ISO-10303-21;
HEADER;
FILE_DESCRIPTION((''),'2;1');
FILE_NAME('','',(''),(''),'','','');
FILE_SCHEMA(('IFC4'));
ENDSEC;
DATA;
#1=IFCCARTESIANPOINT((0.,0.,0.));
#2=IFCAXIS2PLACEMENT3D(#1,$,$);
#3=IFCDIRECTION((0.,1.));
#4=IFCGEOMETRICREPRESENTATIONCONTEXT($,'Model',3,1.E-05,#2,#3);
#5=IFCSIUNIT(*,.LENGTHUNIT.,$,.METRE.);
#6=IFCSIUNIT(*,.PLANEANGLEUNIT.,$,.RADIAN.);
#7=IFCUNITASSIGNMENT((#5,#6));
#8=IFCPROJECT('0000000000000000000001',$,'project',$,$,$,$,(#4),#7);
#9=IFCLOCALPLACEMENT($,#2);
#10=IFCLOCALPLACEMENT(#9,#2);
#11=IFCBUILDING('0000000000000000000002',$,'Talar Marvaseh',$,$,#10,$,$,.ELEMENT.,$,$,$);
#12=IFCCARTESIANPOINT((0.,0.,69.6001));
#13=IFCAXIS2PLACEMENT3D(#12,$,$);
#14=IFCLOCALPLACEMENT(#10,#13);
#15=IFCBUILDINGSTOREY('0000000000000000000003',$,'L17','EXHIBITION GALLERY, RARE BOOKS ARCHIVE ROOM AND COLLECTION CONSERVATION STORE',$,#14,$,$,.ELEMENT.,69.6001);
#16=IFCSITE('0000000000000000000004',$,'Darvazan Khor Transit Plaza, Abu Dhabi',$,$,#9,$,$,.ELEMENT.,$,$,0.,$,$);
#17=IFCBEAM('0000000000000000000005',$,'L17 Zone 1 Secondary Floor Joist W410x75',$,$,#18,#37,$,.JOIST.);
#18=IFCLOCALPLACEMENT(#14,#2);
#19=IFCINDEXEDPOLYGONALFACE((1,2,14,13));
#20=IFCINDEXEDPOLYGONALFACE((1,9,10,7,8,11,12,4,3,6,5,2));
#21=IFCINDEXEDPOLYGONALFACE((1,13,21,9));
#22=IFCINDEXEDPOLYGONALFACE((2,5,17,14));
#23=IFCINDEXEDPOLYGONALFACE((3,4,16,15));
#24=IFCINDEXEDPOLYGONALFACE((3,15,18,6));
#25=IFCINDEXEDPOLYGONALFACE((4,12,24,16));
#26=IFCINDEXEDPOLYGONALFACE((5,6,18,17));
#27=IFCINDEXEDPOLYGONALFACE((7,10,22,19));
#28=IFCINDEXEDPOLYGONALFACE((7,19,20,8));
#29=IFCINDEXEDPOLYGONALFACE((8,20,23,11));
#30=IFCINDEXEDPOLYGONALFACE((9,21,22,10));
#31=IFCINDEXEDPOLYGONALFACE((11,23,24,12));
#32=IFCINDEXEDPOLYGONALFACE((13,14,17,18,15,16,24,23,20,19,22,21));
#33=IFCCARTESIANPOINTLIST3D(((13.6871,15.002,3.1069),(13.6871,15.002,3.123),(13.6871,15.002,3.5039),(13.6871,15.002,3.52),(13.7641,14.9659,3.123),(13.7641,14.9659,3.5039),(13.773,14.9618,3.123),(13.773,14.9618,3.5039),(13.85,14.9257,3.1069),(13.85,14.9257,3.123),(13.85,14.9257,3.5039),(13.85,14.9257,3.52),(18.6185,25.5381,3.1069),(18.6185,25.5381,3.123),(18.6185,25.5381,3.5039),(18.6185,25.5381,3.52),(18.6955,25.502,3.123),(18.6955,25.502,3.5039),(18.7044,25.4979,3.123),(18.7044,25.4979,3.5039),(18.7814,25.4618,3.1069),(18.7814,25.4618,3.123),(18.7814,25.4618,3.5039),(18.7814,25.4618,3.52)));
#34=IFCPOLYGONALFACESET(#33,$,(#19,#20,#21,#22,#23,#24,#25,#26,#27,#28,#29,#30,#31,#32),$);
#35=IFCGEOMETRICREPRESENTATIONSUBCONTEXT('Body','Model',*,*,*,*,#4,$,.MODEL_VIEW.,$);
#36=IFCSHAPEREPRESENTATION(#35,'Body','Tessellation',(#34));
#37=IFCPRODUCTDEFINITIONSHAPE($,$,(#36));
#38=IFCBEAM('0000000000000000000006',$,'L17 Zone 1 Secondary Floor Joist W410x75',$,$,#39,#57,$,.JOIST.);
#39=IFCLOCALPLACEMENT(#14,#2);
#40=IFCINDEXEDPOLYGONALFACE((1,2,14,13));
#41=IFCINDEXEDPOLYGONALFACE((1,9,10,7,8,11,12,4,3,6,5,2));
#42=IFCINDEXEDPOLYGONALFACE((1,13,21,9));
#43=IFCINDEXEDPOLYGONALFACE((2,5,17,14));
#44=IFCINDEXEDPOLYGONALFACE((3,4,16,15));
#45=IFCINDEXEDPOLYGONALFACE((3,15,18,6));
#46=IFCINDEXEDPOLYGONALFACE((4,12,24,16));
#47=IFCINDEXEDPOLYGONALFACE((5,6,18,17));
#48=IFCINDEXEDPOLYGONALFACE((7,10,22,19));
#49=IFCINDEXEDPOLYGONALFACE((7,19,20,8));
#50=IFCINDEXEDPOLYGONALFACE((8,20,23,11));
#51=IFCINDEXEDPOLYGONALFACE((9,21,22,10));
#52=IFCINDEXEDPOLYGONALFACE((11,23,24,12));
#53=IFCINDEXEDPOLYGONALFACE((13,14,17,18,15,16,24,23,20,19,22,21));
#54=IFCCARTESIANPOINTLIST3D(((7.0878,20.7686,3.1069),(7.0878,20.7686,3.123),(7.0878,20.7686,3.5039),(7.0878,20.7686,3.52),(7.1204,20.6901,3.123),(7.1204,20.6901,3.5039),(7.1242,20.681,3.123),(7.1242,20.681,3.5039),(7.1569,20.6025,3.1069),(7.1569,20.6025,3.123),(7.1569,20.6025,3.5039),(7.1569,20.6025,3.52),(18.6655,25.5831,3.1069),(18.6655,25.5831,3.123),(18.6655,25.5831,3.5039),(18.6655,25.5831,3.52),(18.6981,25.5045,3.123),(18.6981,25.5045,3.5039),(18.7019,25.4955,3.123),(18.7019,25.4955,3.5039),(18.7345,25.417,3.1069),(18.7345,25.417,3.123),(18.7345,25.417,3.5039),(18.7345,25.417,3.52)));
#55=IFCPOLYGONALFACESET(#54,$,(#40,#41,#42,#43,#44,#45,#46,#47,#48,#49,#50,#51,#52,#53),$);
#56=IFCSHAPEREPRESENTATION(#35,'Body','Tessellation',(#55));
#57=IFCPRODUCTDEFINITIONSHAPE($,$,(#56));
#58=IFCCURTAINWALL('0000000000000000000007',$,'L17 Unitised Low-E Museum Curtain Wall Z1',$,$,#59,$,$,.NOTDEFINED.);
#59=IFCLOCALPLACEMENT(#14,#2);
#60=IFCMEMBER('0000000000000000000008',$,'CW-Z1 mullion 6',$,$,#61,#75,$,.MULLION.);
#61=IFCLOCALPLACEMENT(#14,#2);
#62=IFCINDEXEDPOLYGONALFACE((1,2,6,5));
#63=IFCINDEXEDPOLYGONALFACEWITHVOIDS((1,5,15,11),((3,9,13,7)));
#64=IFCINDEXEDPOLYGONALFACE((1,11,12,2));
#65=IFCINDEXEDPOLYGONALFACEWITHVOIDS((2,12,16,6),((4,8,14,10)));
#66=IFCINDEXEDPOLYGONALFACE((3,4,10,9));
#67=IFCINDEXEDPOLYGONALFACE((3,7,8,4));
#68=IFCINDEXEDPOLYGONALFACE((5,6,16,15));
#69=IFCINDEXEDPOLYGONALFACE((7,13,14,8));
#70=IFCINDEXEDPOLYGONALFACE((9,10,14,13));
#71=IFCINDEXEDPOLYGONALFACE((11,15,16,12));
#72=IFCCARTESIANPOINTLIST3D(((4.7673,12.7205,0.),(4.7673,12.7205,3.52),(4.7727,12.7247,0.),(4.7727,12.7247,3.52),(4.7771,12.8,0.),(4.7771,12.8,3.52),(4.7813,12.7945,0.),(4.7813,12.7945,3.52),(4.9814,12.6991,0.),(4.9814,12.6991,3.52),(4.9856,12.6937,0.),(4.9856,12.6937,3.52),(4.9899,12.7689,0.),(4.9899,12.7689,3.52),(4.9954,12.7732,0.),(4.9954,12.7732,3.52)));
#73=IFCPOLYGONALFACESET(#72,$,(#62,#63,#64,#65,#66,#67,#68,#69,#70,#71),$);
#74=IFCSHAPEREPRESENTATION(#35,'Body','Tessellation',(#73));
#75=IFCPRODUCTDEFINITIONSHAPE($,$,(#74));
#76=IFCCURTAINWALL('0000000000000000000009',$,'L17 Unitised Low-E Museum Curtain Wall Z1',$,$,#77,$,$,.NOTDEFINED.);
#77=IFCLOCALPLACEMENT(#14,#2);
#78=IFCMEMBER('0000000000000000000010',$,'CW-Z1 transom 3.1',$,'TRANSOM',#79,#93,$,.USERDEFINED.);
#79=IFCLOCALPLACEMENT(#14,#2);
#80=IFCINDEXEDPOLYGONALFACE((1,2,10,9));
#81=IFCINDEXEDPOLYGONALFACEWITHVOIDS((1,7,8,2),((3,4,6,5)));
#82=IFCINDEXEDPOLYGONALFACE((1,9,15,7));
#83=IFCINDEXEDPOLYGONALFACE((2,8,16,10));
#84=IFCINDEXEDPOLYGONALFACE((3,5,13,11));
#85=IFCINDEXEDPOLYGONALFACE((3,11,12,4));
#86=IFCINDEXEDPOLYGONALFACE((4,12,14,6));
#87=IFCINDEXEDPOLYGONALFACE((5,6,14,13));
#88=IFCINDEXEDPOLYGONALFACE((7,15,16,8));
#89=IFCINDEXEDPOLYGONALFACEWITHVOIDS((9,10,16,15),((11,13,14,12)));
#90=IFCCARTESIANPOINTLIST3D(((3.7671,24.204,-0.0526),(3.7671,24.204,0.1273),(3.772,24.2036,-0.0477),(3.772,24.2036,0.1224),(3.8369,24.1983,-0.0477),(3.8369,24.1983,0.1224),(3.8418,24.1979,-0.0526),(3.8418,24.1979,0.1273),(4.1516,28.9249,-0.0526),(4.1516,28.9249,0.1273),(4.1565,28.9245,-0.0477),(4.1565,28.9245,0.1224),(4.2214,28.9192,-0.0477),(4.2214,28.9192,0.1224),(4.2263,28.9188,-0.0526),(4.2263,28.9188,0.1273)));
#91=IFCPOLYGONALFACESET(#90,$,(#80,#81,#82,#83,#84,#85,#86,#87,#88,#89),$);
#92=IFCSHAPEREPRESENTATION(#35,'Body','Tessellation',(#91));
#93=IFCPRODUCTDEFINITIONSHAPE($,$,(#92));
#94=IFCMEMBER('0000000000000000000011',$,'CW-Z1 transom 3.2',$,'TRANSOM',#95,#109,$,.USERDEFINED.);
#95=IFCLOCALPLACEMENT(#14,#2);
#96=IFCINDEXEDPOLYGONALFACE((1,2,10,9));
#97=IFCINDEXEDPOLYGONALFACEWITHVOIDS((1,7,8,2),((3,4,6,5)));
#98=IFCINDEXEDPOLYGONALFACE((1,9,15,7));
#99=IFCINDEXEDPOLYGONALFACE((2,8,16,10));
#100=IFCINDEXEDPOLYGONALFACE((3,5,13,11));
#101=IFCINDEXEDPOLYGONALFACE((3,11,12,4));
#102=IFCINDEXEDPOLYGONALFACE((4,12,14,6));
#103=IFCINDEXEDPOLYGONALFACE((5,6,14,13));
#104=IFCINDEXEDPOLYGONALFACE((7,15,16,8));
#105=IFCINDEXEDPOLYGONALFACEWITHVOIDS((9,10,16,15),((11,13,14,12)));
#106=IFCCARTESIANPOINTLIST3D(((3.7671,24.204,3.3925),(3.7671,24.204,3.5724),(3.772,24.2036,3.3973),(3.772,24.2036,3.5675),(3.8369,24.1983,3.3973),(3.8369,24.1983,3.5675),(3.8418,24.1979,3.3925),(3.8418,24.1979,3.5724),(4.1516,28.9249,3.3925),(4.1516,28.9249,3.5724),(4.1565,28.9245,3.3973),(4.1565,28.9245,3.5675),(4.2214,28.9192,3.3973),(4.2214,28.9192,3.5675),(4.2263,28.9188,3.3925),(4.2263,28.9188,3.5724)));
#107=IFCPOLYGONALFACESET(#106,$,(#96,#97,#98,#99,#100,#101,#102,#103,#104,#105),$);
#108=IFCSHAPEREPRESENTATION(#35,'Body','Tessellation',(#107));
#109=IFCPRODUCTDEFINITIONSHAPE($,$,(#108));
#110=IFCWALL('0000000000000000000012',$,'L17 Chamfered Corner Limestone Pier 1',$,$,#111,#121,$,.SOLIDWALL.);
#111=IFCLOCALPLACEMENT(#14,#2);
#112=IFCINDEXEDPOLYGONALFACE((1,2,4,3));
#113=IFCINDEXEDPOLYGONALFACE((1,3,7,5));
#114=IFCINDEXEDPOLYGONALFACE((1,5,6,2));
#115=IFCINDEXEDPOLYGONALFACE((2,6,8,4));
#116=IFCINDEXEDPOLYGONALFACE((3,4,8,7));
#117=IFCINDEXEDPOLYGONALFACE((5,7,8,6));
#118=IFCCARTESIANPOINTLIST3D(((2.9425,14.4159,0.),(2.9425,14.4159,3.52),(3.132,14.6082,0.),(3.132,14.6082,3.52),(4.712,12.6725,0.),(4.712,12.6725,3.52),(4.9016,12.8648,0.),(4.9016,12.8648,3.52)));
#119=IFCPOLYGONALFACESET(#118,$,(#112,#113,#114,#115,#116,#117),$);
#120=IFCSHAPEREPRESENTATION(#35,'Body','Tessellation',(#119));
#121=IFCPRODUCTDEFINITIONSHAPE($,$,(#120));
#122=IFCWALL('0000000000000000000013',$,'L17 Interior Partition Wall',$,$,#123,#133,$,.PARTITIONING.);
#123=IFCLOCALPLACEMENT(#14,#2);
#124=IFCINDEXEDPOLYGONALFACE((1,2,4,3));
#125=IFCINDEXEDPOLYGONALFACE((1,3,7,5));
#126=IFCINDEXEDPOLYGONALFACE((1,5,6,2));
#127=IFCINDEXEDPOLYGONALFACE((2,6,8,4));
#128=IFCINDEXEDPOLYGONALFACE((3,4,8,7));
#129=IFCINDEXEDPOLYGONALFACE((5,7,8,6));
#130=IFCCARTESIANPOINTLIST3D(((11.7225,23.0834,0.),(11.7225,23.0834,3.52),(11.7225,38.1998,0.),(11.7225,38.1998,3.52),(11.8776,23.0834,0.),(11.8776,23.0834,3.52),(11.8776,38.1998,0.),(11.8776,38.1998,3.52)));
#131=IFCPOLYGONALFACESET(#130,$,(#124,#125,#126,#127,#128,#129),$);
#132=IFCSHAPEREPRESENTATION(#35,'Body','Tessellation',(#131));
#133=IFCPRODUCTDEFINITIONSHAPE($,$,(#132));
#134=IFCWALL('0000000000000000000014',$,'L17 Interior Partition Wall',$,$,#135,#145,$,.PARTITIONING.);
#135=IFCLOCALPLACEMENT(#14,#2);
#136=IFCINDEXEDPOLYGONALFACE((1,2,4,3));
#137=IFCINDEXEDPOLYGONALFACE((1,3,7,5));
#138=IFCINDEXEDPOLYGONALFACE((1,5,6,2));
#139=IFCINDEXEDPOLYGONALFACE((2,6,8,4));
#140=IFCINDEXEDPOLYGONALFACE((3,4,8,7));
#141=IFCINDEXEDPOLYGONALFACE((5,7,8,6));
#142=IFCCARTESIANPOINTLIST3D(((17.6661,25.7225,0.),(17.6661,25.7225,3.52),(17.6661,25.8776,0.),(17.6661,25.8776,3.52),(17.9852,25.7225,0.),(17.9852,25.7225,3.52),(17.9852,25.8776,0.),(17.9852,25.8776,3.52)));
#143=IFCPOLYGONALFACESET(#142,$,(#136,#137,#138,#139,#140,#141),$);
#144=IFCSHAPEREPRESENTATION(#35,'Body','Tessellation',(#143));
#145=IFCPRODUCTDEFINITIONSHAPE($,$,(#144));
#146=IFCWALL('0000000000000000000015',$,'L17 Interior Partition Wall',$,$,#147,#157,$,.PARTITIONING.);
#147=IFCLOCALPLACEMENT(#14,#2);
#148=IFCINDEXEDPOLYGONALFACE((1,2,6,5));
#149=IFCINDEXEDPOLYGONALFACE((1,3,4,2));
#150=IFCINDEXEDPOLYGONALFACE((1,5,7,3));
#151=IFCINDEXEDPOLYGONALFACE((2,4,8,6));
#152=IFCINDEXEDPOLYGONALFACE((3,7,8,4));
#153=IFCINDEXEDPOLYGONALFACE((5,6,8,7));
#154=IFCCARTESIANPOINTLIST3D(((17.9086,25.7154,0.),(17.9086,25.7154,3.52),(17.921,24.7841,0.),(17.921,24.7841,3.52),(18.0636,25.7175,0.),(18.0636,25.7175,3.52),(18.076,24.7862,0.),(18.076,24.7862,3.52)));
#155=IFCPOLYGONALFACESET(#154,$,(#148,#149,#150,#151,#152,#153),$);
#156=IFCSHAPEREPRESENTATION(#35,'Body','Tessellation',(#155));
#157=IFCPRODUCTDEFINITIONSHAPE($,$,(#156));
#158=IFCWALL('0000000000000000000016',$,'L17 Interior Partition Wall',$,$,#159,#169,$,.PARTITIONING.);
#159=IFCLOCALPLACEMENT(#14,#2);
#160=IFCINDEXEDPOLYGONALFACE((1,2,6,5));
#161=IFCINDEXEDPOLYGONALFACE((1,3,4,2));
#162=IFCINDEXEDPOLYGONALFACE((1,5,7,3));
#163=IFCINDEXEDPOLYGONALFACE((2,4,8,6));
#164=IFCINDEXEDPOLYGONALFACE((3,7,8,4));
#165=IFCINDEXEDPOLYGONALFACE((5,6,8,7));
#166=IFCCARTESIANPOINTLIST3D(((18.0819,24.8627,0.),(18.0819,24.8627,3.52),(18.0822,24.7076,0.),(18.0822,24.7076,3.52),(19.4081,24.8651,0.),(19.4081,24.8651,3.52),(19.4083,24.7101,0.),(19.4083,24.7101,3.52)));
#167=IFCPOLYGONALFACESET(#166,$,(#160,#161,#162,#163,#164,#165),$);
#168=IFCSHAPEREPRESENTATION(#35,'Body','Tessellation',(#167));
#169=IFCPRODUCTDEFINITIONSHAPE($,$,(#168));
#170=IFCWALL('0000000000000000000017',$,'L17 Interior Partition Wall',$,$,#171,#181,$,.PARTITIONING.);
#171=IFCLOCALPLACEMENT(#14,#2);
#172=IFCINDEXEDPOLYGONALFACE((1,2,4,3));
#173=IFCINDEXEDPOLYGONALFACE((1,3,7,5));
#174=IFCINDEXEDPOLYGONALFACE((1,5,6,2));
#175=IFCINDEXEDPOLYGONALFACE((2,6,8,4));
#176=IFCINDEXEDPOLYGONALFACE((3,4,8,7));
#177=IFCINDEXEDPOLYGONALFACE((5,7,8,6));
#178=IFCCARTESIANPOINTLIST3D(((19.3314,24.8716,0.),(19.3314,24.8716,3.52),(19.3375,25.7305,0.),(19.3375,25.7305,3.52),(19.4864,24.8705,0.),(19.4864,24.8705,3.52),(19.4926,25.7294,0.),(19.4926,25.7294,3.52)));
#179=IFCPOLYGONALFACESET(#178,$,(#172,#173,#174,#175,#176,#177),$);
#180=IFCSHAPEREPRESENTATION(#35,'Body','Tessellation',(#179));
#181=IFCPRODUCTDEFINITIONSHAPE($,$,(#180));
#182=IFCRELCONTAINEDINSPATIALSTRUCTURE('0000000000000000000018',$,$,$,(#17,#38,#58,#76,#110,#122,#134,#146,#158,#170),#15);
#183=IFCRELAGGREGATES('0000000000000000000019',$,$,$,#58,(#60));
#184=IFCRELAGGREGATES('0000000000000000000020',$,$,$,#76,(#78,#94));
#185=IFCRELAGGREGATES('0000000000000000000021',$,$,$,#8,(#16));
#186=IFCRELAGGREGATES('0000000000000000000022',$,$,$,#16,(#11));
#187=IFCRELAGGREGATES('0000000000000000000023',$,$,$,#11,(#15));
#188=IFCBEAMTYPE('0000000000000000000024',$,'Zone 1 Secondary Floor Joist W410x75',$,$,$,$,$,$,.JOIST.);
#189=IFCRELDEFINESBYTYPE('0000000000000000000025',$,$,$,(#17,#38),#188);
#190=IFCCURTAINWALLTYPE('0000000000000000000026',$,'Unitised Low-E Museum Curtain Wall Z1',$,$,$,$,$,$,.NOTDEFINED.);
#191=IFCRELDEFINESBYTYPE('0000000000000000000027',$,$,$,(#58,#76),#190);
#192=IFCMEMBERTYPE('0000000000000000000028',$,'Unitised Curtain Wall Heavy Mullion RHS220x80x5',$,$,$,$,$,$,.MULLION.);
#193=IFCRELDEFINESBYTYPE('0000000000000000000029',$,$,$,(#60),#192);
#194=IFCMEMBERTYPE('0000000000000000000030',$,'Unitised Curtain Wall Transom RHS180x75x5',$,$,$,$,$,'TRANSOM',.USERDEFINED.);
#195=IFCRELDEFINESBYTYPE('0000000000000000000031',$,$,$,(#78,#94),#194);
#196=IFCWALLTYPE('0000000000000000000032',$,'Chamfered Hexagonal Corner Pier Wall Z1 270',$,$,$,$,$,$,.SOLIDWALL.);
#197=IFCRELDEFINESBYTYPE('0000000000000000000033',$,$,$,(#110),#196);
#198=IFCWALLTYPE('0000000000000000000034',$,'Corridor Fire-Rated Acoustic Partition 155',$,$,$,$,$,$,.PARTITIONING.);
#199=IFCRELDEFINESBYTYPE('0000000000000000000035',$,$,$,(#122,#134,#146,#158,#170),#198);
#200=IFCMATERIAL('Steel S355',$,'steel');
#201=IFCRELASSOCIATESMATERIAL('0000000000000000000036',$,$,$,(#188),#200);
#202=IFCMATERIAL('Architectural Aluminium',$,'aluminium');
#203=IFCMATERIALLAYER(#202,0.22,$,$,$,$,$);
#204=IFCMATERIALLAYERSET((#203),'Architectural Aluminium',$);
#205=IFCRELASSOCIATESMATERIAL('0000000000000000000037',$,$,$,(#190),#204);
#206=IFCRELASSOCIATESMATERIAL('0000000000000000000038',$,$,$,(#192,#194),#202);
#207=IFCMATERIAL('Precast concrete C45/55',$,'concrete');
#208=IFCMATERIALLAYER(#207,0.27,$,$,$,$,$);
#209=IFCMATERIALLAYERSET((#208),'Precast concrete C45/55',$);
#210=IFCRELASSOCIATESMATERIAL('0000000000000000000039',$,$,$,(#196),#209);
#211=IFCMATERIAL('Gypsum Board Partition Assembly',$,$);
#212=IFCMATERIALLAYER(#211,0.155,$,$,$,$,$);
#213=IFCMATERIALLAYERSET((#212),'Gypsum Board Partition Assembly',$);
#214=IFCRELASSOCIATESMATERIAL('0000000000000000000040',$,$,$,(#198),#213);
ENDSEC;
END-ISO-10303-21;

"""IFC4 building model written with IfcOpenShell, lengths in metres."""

from ifc_helpers import new_model, si_unit, direction, frame, frame_2d, origin, origin_2d, place, context, subcontext, project, spatial, rectangle, hollow_rectangle, i_section, extrude, source, transform, mapped, material, layer, layer_set, material_profile, profile_set, type_object, type_shapes, element, aggregate, save


model = new_model("IFC4")

# Units and contexts
model_context = context("Model", 3, precision=1e-05, world=origin(), true_north=direction((0.0, 1.0)))
body_context = subcontext(model_context, "Body", "Model", "MODEL_VIEW")
ifc_project = project(units=[si_unit("LENGTHUNIT", "METRE"), si_unit("PLANEANGLEUNIT", "RADIAN")], contexts=[model_context])

# Site, building, storey
site_placement = place(None, origin())
site = spatial("IfcSite", under=ifc_project, at=site_placement, Name="Darvazan Khor Transit Plaza, Abu Dhabi", CompositionType="ELEMENT", RefElevation=0.0)
building_placement = place(site_placement, origin())
building = spatial("IfcBuilding", under=site, at=building_placement, Name="Talar Marvaseh", CompositionType="ELEMENT")
storey_placement = place(building_placement, frame((0.0, 0.0, 69.6001)))
storey = spatial("IfcBuildingStorey", under=building, at=storey_placement, Name="L17", Description="EXHIBITION GALLERY, RARE BOOKS ARCHIVE ROOM AND COLLECTION CONSERVATION STORE", CompositionType="ELEMENT", Elevation=69.6001)

# Beams
ifc_material_1 = material(Name="Steel S355", Category="steel")
ifc_material_profile_1 = material_profile(ifc_material_1, i_section(OverallWidth=0.1799, OverallDepth=0.4131, WebThickness=0.0098, FlangeThickness=0.0161, at=origin_2d()), Name="W410x75")
ifc_profile_set_1 = profile_set([ifc_material_profile_1], Name="Steel S355")
beam_type_1 = type_object("IfcBeamType", Name="Zone 1 Secondary Floor Joist W410x75", PredefinedType="JOIST", material=ifc_profile_set_1)
beam_1_placement = place(storey_placement, frame((13.7686, 14.9639, 3.3135), z_axis=(0.423911, 0.905704, 0.0), x_axis=(-0.905704, 0.423911, 0.0)))
element("IfcBeam", 1, at=beam_1_placement, inside=storey, type_object=beam_type_1, Name="L17 Zone 1 Secondary Floor Joist W410x75", PredefinedType="JOIST", context=body_context, shape_type="SweptSolid", body=[
    extrude(i_section(OverallWidth=0.1799, OverallDepth=0.4131, WebThickness=0.0098, FlangeThickness=0.0161, at=origin_2d()), origin(), (0.0, 0.0, 1.0), 11.6331),
])
beam_2_placement = place(storey_placement, frame((7.1223, 20.6855, 3.3135), z_axis=(0.923347, 0.383965, 0.0), x_axis=(-0.383965, 0.923347, 0.0)))
element("IfcBeam", 2, at=beam_2_placement, inside=storey, type_object=beam_type_1, Name="L17 Zone 1 Secondary Floor Joist W410x75", PredefinedType="JOIST", context=body_context, shape_type="SweptSolid", body=[
    extrude(i_section(OverallWidth=0.1799, OverallDepth=0.4131, WebThickness=0.0098, FlangeThickness=0.0161, at=origin_2d()), origin(), (0.0, 0.0, 1.0), 12.5388),
])

# Curtain wall, member
ifc_material_2 = material(Name="Architectural Aluminium", Category="aluminium")
ifc_layer_1 = layer(ifc_material_2, 0.22)
ifc_layer_set_1 = layer_set([ifc_layer_1], Name="Architectural Aluminium")
curtain_wall_type = type_object("IfcCurtainWallType", Name="Unitised Low-E Museum Curtain Wall Z1", PredefinedType="NOTDEFINED", material=ifc_layer_set_1)
curtain_wall_1_placement = place(storey_placement, origin())
curtain_wall_1 = element("IfcCurtainWall", 3, at=curtain_wall_1_placement, inside=storey, type_object=curtain_wall_type, Name="L17 Unitised Low-E Museum Curtain Wall Z1", PredefinedType="NOTDEFINED")
ifc_material_profile_2 = material_profile(ifc_material_2, hollow_rectangle(XDim=0.0801, YDim=0.22, WallThickness=0.0049, at=origin_2d()), Name="RHS220x80x5")
ifc_profile_set_2 = profile_set([ifc_material_profile_2], Name="Architectural Aluminium")
member_type_1 = type_object("IfcMemberType", Name="Unitised Curtain Wall Heavy Mullion RHS220x80x5", PredefinedType="MULLION", material=ifc_profile_set_2)
shared_shape_1 = source(origin(), body_context, "Body", "SweptSolid", [
    extrude(hollow_rectangle(XDim=0.0801, YDim=0.22, WallThickness=0.0049, at=origin_2d()), origin(), (0.0, 0.0, 1.0), 3.52),
])
type_shapes(member_type_1, [shared_shape_1])
member_1_placement = place(storey_placement, frame((4.8813, 12.7468, 0.0), z_axis=(0.0, 0.0, 1.0), x_axis=(-0.121713, -0.992565, 0.0)))
member_1 = element("IfcMember", 4, at=member_1_placement, type_object=member_type_1, Name="CW-Z1 mullion 6", PredefinedType="MULLION", context=body_context, shape_type="MappedRepresentation", body=[
    mapped(shared_shape_1, transform((0.0, 0.0, 0.0), x_axis=(1.0, 0.0, 0.0), y_axis=(0.0, 1.0, 0.0), z_axis=(0.0, 0.0, 1.0), scale=1.0)),
])
aggregate(curtain_wall_1, [member_1])

# Curtain wall, members
curtain_wall_2_placement = place(storey_placement, origin())
curtain_wall_2 = element("IfcCurtainWall", 5, at=curtain_wall_2_placement, inside=storey, type_object=curtain_wall_type, Name="L17 Unitised Low-E Museum Curtain Wall Z1", PredefinedType="NOTDEFINED")
ifc_material_profile_3 = material_profile(ifc_material_2, hollow_rectangle(XDim=0.075, YDim=0.1799, WallThickness=0.0049, at=origin_2d()), Name="RHS180x75x5")
ifc_profile_set_3 = profile_set([ifc_material_profile_3], Name="Architectural Aluminium")
member_type_2 = type_object("IfcMemberType", Name="Unitised Curtain Wall Transom RHS180x75x5", ElementType="TRANSOM", PredefinedType="USERDEFINED", material=ifc_profile_set_3)
shared_shape_2 = source(origin(), body_context, "Body", "SweptSolid", [
    extrude(hollow_rectangle(XDim=0.075, YDim=0.1799, WallThickness=0.0049, at=origin_2d()), origin(), (0.0, 0.0, 1.0), 4.7366),
])
type_shapes(member_type_2, [shared_shape_2])
member_2_placement = place(storey_placement, frame((3.8044, 24.2009, 0.0374), z_axis=(0.081181, 0.996699, 0.0), x_axis=(-0.996699, 0.081181, 0.0)))
member_2 = element("IfcMember", 6, at=member_2_placement, type_object=member_type_2, Name="CW-Z1 transom 3.1", ObjectType="TRANSOM", PredefinedType="USERDEFINED", context=body_context, shape_type="MappedRepresentation", body=[
    mapped(shared_shape_2, transform((0.0, 0.0, 0.0), x_axis=(1.0, 0.0, 0.0), y_axis=(0.0, 1.0, 0.0), z_axis=(0.0, 0.0, 1.0), scale=1.0)),
])
member_3_placement = place(storey_placement, frame((3.8044, 24.2009, 3.4824), z_axis=(0.081181, 0.996699, 0.0), x_axis=(-0.996699, 0.081181, 0.0)))
member_3 = element("IfcMember", 7, at=member_3_placement, type_object=member_type_2, Name="CW-Z1 transom 3.2", ObjectType="TRANSOM", PredefinedType="USERDEFINED", context=body_context, shape_type="MappedRepresentation", body=[
    mapped(shared_shape_2, transform((0.0, 0.0, 0.0), x_axis=(1.0, 0.0, 0.0), y_axis=(0.0, 1.0, 0.0), z_axis=(0.0, 0.0, 1.0), scale=1.0)),
])
aggregate(curtain_wall_2, [member_2, member_3])

# Walls
ifc_material_3 = material(Name="Precast concrete C45/55", Category="concrete")
ifc_layer_2 = layer(ifc_material_3, 0.27)
ifc_layer_set_2 = layer_set([ifc_layer_2], Name="Precast concrete C45/55")
wall_type_1 = type_object("IfcWallType", Name="Chamfered Hexagonal Corner Pier Wall Z1 270", PredefinedType="SOLIDWALL", material=ifc_layer_set_2)
wall_1_placement = place(storey_placement, frame((4.8069, 12.7686, 0.0), z_axis=(0.0, 0.0, 1.0), x_axis=(-0.712345, 0.701829, 0.0)))
element("IfcWall", 8, at=wall_1_placement, inside=storey, type_object=wall_type_1, Name="L17 Chamfered Corner Limestone Pier 1", PredefinedType="SOLIDWALL", context=body_context, shape_type="SweptSolid", body=[
    extrude(rectangle(XDim=2.4841, YDim=0.27, at=frame_2d((1.2422, 0.0))), origin(), (0.0, 0.0, 1.0), 3.52),
])
ifc_material_4 = material(Name="Gypsum Board Partition Assembly")
ifc_layer_3 = layer(ifc_material_4, 0.155)
ifc_layer_set_3 = layer_set([ifc_layer_3], Name="Gypsum Board Partition Assembly")
wall_type_2 = type_object("IfcWallType", Name="Corridor Fire-Rated Acoustic Partition 155", PredefinedType="PARTITIONING", material=ifc_layer_set_3)
wall_2_placement = place(storey_placement, frame((11.8, 23.0835, 0.0), z_axis=(0.0, 0.0, 1.0), x_axis=(0.0, 1.0, 0.0)))
element("IfcWall", 9, at=wall_2_placement, inside=storey, type_object=wall_type_2, Name="L17 Interior Partition Wall", PredefinedType="PARTITIONING", context=body_context, shape_type="SweptSolid", body=[
    extrude(rectangle(XDim=15.1165, YDim=0.155, at=frame_2d((7.5581, 0.0))), origin(), (0.0, 0.0, 1.0), 3.52),
])
wall_3_placement = place(storey_placement, frame((17.666, 25.8, 0.0), z_axis=(0.0, 0.0, 1.0), x_axis=(1.0, 0.0, 0.0)))
element("IfcWall", 10, at=wall_3_placement, inside=storey, type_object=wall_type_2, Name="L17 Interior Partition Wall", PredefinedType="PARTITIONING", context=body_context, shape_type="SweptSolid", body=[
    extrude(rectangle(XDim=0.3191, YDim=0.155, at=frame_2d((0.1597, 0.0))), origin(), (0.0, 0.0, 1.0), 3.52),
])
wall_4_placement = place(storey_placement, frame((17.9861, 25.7166, 0.0), z_axis=(0.0, 0.0, 1.0), x_axis=(0.013367, -0.999911, 0.0)))
element("IfcWall", 11, at=wall_4_placement, inside=storey, type_object=wall_type_2, Name="L17 Interior Partition Wall", PredefinedType="PARTITIONING", context=body_context, shape_type="SweptSolid", body=[
    extrude(rectangle(XDim=0.9314, YDim=0.155, at=frame_2d((0.4658, 0.0))), origin(), (0.0, 0.0, 1.0), 3.52),
])
wall_5_placement = place(storey_placement, frame((18.082, 24.7852, 0.0), z_axis=(0.0, 0.0, 1.0), x_axis=(0.999998, 0.001841, 0.0)))
element("IfcWall", 12, at=wall_5_placement, inside=storey, type_object=wall_type_2, Name="L17 Interior Partition Wall", PredefinedType="PARTITIONING", context=body_context, shape_type="SweptSolid", body=[
    extrude(rectangle(XDim=1.3262, YDim=0.155, at=frame_2d((0.6631, 0.0))), origin(), (0.0, 0.0, 1.0), 3.52),
])
wall_6_placement = place(storey_placement, frame((19.4089, 24.8711, 0.0), z_axis=(0.0, 0.0, 1.0), x_axis=(0.007106, 0.999975, 0.0)))
element("IfcWall", 13, at=wall_6_placement, inside=storey, type_object=wall_type_2, Name="L17 Interior Partition Wall", PredefinedType="PARTITIONING", context=body_context, shape_type="SweptSolid", body=[
    extrude(rectangle(XDim=0.8589, YDim=0.155, at=frame_2d((0.4294, 0.0))), origin(), (0.0, 0.0, 1.0), 3.52),
])

save(model, "model.ifc")
